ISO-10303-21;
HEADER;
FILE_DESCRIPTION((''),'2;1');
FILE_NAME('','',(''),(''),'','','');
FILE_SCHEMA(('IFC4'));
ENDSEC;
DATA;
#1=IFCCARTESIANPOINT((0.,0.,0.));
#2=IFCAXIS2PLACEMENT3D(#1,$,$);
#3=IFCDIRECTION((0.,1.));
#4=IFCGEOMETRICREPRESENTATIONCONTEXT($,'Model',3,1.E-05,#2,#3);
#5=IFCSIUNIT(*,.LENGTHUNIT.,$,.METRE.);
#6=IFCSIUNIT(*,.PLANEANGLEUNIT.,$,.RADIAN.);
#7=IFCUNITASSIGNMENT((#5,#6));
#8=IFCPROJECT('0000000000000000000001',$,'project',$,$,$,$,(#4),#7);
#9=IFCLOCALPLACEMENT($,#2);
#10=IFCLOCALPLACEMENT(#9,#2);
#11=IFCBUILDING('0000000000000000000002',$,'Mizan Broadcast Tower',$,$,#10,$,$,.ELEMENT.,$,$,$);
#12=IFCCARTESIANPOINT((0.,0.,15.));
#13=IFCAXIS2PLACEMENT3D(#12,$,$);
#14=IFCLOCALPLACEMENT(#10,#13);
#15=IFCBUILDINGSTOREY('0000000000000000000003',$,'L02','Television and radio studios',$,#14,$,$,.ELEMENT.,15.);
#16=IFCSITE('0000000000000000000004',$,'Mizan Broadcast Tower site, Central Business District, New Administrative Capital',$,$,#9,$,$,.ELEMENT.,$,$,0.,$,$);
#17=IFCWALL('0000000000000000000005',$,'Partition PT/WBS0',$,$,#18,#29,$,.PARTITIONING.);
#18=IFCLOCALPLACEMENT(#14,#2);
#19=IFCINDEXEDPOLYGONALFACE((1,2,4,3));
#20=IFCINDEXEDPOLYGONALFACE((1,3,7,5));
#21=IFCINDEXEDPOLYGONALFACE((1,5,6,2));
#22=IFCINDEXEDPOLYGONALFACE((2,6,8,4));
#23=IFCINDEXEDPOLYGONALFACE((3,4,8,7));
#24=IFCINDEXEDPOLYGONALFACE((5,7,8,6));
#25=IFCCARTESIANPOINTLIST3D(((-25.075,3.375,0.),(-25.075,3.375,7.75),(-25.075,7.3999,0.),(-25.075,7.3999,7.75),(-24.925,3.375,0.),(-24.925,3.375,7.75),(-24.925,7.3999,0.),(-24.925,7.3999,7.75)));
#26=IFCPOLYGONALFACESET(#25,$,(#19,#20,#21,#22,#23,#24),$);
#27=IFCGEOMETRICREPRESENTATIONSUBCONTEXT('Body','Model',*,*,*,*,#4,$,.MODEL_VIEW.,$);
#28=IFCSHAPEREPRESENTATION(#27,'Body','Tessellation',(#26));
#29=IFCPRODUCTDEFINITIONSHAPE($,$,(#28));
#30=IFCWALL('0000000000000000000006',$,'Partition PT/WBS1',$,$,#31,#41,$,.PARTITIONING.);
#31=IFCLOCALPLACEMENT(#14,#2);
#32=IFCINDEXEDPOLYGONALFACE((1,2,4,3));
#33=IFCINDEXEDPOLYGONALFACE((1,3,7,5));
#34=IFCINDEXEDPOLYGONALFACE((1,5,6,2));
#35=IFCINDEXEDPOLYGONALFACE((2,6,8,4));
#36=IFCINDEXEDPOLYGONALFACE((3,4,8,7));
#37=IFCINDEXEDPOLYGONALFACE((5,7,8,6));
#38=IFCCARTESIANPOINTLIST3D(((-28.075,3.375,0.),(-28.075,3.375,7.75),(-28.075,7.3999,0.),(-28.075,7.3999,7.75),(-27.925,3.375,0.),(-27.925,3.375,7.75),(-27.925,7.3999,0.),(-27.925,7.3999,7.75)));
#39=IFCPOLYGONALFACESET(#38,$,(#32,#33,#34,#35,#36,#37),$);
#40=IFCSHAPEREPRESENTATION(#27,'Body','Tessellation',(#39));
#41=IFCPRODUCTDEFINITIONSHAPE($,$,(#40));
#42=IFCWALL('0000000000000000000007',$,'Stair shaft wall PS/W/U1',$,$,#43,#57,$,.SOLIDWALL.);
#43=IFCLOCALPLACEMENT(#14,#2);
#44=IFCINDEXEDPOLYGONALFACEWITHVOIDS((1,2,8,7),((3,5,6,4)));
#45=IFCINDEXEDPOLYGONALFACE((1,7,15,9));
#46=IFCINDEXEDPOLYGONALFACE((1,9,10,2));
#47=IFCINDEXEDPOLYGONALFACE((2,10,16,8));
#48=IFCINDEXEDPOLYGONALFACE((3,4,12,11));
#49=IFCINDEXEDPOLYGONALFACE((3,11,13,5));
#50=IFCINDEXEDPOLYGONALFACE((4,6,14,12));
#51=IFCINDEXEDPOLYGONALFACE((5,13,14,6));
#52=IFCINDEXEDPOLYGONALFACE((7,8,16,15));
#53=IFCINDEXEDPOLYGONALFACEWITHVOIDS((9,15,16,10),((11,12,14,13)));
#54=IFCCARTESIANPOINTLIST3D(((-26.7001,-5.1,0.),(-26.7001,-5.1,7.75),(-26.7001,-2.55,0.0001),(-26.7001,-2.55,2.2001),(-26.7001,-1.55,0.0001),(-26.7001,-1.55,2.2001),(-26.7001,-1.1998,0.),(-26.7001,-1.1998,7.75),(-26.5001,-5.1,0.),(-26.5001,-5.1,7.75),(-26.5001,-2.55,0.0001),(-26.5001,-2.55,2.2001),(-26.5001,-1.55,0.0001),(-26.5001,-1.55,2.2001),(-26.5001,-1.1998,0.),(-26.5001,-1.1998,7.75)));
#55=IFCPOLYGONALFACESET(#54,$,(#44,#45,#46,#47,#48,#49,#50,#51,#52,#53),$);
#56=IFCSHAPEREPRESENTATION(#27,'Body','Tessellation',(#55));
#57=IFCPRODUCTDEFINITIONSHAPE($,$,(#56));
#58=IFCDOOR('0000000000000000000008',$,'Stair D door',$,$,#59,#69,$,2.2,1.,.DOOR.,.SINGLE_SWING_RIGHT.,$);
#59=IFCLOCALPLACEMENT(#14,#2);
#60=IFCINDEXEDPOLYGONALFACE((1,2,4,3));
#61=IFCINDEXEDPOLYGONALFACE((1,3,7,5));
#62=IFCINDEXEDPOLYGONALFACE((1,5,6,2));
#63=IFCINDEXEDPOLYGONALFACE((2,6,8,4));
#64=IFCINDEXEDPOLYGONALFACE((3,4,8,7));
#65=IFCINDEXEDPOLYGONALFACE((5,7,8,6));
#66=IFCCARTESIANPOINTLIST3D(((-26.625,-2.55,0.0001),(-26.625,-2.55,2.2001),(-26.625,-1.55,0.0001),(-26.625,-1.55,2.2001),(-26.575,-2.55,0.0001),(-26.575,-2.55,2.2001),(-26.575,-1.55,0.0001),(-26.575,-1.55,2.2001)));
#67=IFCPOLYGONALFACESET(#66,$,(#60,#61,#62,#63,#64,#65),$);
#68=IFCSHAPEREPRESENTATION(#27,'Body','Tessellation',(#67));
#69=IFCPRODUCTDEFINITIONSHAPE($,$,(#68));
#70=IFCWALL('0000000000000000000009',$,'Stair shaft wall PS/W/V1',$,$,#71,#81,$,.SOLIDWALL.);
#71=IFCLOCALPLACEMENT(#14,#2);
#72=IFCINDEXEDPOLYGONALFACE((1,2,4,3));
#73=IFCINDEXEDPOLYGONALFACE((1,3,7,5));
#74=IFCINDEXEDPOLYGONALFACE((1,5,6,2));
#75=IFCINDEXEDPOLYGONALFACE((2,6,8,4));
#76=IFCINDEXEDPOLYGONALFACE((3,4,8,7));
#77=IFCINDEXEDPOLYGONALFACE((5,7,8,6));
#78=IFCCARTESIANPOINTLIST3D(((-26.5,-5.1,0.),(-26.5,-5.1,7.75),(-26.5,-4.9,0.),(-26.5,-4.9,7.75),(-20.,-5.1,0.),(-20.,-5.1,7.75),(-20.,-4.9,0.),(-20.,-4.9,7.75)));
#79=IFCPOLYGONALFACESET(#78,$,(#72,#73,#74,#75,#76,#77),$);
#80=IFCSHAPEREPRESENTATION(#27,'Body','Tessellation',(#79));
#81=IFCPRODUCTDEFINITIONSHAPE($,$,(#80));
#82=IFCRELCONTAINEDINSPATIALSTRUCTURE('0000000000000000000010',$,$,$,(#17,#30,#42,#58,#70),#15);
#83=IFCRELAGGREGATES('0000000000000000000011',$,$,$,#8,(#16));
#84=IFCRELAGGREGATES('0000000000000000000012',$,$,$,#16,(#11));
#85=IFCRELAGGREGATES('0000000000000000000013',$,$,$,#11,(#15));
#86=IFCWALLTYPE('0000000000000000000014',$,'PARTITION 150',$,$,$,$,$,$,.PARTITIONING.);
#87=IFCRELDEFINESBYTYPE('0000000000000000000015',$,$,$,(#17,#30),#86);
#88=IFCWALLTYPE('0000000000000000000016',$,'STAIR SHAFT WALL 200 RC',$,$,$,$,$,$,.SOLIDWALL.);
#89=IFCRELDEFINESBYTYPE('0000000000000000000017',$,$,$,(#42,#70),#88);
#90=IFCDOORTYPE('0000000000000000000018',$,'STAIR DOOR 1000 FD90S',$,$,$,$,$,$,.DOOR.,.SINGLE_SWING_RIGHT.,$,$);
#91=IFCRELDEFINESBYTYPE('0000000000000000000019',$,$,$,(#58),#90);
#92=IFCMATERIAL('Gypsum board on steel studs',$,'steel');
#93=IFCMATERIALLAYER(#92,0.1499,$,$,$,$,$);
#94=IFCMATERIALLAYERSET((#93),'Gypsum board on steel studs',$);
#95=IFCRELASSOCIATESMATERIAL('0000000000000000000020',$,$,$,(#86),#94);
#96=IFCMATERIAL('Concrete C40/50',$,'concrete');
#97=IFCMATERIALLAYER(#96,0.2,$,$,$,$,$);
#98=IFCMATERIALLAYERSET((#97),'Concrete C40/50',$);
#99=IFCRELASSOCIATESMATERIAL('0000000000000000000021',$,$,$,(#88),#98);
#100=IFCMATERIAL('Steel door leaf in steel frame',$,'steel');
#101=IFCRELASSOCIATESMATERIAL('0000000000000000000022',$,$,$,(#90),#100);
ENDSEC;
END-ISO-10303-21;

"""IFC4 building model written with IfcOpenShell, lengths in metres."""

from ifc_helpers import new_model, si_unit, direction, frame, frame_2d, origin, place, context, subcontext, project, spatial, rectangle, extrude, material, layer, layer_set, type_object, element, fill, save


model = new_model("IFC4")

# Units and contexts
model_context = context("Model", 3, precision=1e-05, world=origin(), true_north=direction((0.0, 1.0)))
body_context = subcontext(model_context, "Body", "Model", "MODEL_VIEW")
ifc_project = project(units=[si_unit("LENGTHUNIT", "METRE"), si_unit("PLANEANGLEUNIT", "RADIAN")], contexts=[model_context])

# Site, building, storey
site_placement = place(None, origin())
site = spatial("IfcSite", under=ifc_project, at=site_placement, Name="Mizan Broadcast Tower site, Central Business District, New Administrative Capital", CompositionType="ELEMENT", RefElevation=0.0)
building_placement = place(site_placement, origin())
building = spatial("IfcBuilding", under=site, at=building_placement, Name="Mizan Broadcast Tower", CompositionType="ELEMENT")
storey_placement = place(building_placement, frame((0.0, 0.0, 15.0)))
storey = spatial("IfcBuildingStorey", under=building, at=storey_placement, Name="L02", Description="Television and radio studios", CompositionType="ELEMENT", Elevation=15.0)

# Walls
ifc_material_1 = material(Name="Gypsum board on steel studs", Category="steel")
ifc_layer_1 = layer(ifc_material_1, 0.1499)
ifc_layer_set_1 = layer_set([ifc_layer_1], Name="Gypsum board on steel studs")
wall_type_1 = type_object("IfcWallType", Name="PARTITION 150", PredefinedType="PARTITIONING", material=ifc_layer_set_1)
for number, where, z_axis, x_axis, name in (
    (1, (-25.0, 3.375, 0.0), (0.0, 0.0, 1.0), (0.0, 1.0, 0.0), "Partition PT/WBS0"),
    (2, (-28.0, 3.375, 0.0), (0.0, 0.0, 1.0), (0.0, 1.0, 0.0), "Partition PT/WBS1"),
):
    element("IfcWall", number, at=place(storey_placement, frame(where, z_axis=z_axis, x_axis=x_axis)), inside=storey, type_object=wall_type_1, Name=name, PredefinedType="PARTITIONING", context=body_context, shape_type="SweptSolid", body=[
        extrude(rectangle(XDim=4.0249, YDim=0.1499, at=frame_2d((2.0125, 0.0))), origin(), (0.0, 0.0, 1.0), 7.75),
    ])

# Wall, opening, door
ifc_material_2 = material(Name="Concrete C40/50", Category="concrete")
ifc_layer_2 = layer(ifc_material_2, 0.2)
ifc_layer_set_2 = layer_set([ifc_layer_2], Name="Concrete C40/50")
wall_type_2 = type_object("IfcWallType", Name="STAIR SHAFT WALL 200 RC", PredefinedType="SOLIDWALL", material=ifc_layer_set_2)
wall_1_placement = place(storey_placement, frame((-26.6001, -5.1001, 0.0), z_axis=(0.0, 0.0, 1.0), x_axis=(0.0, 1.0, 0.0)))
wall_1 = element("IfcWall", 3, at=wall_1_placement, inside=storey, type_object=wall_type_2, Name="Stair shaft wall PS/W/U1", PredefinedType="SOLIDWALL", context=body_context, shape_type="SweptSolid", body=[
    extrude(rectangle(XDim=3.9001, YDim=0.2, at=frame_2d((1.9502, 0.0))), origin(), (0.0, 0.0, 1.0), 7.75),
])
opening_placement = place(wall_1_placement, frame((2.55, 0.0, 0.0)))
opening = element("IfcOpeningElement", 4, at=opening_placement, cuts=wall_1, PredefinedType="OPENING", context=body_context, shape_type="SweptSolid", body=[
    extrude(rectangle(XDim=1.0, YDim=2.2, at=frame_2d((0.5, 1.1001))), frame((0.0, 0.1099, 0.0), z_axis=(0.0, -1.0, 0.0), x_axis=(1.0, 0.0, 0.0)), (0.0, 0.0, 1.0), 0.22),
])
ifc_material_3 = material(Name="Steel door leaf in steel frame", Category="steel")
door_type = type_object("IfcDoorType", Name="STAIR DOOR 1000 FD90S", OperationType="SINGLE_SWING_RIGHT", PredefinedType="DOOR", material=ifc_material_3)
door_placement = place(opening_placement, origin())
door = element("IfcDoor", 5, at=door_placement, inside=storey, type_object=door_type, Name="Stair D door", OperationType="SINGLE_SWING_RIGHT", OverallHeight=2.2, OverallWidth=1.0, PredefinedType="DOOR", context=body_context, shape_type="SweptSolid", body=[
    extrude(rectangle(XDim=1.0, YDim=2.2, at=frame_2d((0.5, 1.1001))), frame((0.0, 0.0249, 0.0), z_axis=(0.0, -1.0, 0.0), x_axis=(1.0, 0.0, 0.0)), (0.0, 0.0, 1.0), 0.05),
])
fill(opening, door)

# Wall
wall_2_placement = place(storey_placement, frame((-26.5, -5.0, 0.0), z_axis=(0.0, 0.0, 1.0), x_axis=(1.0, 0.0, 0.0)))
element("IfcWall", 6, at=wall_2_placement, inside=storey, type_object=wall_type_2, Name="Stair shaft wall PS/W/V1", PredefinedType="SOLIDWALL", context=body_context, shape_type="SweptSolid", body=[
    extrude(rectangle(XDim=6.5, YDim=0.2, at=frame_2d((3.25, 0.0))), origin(), (0.0, 0.0, 1.0), 7.75),
])

save(model, "model.ifc")
